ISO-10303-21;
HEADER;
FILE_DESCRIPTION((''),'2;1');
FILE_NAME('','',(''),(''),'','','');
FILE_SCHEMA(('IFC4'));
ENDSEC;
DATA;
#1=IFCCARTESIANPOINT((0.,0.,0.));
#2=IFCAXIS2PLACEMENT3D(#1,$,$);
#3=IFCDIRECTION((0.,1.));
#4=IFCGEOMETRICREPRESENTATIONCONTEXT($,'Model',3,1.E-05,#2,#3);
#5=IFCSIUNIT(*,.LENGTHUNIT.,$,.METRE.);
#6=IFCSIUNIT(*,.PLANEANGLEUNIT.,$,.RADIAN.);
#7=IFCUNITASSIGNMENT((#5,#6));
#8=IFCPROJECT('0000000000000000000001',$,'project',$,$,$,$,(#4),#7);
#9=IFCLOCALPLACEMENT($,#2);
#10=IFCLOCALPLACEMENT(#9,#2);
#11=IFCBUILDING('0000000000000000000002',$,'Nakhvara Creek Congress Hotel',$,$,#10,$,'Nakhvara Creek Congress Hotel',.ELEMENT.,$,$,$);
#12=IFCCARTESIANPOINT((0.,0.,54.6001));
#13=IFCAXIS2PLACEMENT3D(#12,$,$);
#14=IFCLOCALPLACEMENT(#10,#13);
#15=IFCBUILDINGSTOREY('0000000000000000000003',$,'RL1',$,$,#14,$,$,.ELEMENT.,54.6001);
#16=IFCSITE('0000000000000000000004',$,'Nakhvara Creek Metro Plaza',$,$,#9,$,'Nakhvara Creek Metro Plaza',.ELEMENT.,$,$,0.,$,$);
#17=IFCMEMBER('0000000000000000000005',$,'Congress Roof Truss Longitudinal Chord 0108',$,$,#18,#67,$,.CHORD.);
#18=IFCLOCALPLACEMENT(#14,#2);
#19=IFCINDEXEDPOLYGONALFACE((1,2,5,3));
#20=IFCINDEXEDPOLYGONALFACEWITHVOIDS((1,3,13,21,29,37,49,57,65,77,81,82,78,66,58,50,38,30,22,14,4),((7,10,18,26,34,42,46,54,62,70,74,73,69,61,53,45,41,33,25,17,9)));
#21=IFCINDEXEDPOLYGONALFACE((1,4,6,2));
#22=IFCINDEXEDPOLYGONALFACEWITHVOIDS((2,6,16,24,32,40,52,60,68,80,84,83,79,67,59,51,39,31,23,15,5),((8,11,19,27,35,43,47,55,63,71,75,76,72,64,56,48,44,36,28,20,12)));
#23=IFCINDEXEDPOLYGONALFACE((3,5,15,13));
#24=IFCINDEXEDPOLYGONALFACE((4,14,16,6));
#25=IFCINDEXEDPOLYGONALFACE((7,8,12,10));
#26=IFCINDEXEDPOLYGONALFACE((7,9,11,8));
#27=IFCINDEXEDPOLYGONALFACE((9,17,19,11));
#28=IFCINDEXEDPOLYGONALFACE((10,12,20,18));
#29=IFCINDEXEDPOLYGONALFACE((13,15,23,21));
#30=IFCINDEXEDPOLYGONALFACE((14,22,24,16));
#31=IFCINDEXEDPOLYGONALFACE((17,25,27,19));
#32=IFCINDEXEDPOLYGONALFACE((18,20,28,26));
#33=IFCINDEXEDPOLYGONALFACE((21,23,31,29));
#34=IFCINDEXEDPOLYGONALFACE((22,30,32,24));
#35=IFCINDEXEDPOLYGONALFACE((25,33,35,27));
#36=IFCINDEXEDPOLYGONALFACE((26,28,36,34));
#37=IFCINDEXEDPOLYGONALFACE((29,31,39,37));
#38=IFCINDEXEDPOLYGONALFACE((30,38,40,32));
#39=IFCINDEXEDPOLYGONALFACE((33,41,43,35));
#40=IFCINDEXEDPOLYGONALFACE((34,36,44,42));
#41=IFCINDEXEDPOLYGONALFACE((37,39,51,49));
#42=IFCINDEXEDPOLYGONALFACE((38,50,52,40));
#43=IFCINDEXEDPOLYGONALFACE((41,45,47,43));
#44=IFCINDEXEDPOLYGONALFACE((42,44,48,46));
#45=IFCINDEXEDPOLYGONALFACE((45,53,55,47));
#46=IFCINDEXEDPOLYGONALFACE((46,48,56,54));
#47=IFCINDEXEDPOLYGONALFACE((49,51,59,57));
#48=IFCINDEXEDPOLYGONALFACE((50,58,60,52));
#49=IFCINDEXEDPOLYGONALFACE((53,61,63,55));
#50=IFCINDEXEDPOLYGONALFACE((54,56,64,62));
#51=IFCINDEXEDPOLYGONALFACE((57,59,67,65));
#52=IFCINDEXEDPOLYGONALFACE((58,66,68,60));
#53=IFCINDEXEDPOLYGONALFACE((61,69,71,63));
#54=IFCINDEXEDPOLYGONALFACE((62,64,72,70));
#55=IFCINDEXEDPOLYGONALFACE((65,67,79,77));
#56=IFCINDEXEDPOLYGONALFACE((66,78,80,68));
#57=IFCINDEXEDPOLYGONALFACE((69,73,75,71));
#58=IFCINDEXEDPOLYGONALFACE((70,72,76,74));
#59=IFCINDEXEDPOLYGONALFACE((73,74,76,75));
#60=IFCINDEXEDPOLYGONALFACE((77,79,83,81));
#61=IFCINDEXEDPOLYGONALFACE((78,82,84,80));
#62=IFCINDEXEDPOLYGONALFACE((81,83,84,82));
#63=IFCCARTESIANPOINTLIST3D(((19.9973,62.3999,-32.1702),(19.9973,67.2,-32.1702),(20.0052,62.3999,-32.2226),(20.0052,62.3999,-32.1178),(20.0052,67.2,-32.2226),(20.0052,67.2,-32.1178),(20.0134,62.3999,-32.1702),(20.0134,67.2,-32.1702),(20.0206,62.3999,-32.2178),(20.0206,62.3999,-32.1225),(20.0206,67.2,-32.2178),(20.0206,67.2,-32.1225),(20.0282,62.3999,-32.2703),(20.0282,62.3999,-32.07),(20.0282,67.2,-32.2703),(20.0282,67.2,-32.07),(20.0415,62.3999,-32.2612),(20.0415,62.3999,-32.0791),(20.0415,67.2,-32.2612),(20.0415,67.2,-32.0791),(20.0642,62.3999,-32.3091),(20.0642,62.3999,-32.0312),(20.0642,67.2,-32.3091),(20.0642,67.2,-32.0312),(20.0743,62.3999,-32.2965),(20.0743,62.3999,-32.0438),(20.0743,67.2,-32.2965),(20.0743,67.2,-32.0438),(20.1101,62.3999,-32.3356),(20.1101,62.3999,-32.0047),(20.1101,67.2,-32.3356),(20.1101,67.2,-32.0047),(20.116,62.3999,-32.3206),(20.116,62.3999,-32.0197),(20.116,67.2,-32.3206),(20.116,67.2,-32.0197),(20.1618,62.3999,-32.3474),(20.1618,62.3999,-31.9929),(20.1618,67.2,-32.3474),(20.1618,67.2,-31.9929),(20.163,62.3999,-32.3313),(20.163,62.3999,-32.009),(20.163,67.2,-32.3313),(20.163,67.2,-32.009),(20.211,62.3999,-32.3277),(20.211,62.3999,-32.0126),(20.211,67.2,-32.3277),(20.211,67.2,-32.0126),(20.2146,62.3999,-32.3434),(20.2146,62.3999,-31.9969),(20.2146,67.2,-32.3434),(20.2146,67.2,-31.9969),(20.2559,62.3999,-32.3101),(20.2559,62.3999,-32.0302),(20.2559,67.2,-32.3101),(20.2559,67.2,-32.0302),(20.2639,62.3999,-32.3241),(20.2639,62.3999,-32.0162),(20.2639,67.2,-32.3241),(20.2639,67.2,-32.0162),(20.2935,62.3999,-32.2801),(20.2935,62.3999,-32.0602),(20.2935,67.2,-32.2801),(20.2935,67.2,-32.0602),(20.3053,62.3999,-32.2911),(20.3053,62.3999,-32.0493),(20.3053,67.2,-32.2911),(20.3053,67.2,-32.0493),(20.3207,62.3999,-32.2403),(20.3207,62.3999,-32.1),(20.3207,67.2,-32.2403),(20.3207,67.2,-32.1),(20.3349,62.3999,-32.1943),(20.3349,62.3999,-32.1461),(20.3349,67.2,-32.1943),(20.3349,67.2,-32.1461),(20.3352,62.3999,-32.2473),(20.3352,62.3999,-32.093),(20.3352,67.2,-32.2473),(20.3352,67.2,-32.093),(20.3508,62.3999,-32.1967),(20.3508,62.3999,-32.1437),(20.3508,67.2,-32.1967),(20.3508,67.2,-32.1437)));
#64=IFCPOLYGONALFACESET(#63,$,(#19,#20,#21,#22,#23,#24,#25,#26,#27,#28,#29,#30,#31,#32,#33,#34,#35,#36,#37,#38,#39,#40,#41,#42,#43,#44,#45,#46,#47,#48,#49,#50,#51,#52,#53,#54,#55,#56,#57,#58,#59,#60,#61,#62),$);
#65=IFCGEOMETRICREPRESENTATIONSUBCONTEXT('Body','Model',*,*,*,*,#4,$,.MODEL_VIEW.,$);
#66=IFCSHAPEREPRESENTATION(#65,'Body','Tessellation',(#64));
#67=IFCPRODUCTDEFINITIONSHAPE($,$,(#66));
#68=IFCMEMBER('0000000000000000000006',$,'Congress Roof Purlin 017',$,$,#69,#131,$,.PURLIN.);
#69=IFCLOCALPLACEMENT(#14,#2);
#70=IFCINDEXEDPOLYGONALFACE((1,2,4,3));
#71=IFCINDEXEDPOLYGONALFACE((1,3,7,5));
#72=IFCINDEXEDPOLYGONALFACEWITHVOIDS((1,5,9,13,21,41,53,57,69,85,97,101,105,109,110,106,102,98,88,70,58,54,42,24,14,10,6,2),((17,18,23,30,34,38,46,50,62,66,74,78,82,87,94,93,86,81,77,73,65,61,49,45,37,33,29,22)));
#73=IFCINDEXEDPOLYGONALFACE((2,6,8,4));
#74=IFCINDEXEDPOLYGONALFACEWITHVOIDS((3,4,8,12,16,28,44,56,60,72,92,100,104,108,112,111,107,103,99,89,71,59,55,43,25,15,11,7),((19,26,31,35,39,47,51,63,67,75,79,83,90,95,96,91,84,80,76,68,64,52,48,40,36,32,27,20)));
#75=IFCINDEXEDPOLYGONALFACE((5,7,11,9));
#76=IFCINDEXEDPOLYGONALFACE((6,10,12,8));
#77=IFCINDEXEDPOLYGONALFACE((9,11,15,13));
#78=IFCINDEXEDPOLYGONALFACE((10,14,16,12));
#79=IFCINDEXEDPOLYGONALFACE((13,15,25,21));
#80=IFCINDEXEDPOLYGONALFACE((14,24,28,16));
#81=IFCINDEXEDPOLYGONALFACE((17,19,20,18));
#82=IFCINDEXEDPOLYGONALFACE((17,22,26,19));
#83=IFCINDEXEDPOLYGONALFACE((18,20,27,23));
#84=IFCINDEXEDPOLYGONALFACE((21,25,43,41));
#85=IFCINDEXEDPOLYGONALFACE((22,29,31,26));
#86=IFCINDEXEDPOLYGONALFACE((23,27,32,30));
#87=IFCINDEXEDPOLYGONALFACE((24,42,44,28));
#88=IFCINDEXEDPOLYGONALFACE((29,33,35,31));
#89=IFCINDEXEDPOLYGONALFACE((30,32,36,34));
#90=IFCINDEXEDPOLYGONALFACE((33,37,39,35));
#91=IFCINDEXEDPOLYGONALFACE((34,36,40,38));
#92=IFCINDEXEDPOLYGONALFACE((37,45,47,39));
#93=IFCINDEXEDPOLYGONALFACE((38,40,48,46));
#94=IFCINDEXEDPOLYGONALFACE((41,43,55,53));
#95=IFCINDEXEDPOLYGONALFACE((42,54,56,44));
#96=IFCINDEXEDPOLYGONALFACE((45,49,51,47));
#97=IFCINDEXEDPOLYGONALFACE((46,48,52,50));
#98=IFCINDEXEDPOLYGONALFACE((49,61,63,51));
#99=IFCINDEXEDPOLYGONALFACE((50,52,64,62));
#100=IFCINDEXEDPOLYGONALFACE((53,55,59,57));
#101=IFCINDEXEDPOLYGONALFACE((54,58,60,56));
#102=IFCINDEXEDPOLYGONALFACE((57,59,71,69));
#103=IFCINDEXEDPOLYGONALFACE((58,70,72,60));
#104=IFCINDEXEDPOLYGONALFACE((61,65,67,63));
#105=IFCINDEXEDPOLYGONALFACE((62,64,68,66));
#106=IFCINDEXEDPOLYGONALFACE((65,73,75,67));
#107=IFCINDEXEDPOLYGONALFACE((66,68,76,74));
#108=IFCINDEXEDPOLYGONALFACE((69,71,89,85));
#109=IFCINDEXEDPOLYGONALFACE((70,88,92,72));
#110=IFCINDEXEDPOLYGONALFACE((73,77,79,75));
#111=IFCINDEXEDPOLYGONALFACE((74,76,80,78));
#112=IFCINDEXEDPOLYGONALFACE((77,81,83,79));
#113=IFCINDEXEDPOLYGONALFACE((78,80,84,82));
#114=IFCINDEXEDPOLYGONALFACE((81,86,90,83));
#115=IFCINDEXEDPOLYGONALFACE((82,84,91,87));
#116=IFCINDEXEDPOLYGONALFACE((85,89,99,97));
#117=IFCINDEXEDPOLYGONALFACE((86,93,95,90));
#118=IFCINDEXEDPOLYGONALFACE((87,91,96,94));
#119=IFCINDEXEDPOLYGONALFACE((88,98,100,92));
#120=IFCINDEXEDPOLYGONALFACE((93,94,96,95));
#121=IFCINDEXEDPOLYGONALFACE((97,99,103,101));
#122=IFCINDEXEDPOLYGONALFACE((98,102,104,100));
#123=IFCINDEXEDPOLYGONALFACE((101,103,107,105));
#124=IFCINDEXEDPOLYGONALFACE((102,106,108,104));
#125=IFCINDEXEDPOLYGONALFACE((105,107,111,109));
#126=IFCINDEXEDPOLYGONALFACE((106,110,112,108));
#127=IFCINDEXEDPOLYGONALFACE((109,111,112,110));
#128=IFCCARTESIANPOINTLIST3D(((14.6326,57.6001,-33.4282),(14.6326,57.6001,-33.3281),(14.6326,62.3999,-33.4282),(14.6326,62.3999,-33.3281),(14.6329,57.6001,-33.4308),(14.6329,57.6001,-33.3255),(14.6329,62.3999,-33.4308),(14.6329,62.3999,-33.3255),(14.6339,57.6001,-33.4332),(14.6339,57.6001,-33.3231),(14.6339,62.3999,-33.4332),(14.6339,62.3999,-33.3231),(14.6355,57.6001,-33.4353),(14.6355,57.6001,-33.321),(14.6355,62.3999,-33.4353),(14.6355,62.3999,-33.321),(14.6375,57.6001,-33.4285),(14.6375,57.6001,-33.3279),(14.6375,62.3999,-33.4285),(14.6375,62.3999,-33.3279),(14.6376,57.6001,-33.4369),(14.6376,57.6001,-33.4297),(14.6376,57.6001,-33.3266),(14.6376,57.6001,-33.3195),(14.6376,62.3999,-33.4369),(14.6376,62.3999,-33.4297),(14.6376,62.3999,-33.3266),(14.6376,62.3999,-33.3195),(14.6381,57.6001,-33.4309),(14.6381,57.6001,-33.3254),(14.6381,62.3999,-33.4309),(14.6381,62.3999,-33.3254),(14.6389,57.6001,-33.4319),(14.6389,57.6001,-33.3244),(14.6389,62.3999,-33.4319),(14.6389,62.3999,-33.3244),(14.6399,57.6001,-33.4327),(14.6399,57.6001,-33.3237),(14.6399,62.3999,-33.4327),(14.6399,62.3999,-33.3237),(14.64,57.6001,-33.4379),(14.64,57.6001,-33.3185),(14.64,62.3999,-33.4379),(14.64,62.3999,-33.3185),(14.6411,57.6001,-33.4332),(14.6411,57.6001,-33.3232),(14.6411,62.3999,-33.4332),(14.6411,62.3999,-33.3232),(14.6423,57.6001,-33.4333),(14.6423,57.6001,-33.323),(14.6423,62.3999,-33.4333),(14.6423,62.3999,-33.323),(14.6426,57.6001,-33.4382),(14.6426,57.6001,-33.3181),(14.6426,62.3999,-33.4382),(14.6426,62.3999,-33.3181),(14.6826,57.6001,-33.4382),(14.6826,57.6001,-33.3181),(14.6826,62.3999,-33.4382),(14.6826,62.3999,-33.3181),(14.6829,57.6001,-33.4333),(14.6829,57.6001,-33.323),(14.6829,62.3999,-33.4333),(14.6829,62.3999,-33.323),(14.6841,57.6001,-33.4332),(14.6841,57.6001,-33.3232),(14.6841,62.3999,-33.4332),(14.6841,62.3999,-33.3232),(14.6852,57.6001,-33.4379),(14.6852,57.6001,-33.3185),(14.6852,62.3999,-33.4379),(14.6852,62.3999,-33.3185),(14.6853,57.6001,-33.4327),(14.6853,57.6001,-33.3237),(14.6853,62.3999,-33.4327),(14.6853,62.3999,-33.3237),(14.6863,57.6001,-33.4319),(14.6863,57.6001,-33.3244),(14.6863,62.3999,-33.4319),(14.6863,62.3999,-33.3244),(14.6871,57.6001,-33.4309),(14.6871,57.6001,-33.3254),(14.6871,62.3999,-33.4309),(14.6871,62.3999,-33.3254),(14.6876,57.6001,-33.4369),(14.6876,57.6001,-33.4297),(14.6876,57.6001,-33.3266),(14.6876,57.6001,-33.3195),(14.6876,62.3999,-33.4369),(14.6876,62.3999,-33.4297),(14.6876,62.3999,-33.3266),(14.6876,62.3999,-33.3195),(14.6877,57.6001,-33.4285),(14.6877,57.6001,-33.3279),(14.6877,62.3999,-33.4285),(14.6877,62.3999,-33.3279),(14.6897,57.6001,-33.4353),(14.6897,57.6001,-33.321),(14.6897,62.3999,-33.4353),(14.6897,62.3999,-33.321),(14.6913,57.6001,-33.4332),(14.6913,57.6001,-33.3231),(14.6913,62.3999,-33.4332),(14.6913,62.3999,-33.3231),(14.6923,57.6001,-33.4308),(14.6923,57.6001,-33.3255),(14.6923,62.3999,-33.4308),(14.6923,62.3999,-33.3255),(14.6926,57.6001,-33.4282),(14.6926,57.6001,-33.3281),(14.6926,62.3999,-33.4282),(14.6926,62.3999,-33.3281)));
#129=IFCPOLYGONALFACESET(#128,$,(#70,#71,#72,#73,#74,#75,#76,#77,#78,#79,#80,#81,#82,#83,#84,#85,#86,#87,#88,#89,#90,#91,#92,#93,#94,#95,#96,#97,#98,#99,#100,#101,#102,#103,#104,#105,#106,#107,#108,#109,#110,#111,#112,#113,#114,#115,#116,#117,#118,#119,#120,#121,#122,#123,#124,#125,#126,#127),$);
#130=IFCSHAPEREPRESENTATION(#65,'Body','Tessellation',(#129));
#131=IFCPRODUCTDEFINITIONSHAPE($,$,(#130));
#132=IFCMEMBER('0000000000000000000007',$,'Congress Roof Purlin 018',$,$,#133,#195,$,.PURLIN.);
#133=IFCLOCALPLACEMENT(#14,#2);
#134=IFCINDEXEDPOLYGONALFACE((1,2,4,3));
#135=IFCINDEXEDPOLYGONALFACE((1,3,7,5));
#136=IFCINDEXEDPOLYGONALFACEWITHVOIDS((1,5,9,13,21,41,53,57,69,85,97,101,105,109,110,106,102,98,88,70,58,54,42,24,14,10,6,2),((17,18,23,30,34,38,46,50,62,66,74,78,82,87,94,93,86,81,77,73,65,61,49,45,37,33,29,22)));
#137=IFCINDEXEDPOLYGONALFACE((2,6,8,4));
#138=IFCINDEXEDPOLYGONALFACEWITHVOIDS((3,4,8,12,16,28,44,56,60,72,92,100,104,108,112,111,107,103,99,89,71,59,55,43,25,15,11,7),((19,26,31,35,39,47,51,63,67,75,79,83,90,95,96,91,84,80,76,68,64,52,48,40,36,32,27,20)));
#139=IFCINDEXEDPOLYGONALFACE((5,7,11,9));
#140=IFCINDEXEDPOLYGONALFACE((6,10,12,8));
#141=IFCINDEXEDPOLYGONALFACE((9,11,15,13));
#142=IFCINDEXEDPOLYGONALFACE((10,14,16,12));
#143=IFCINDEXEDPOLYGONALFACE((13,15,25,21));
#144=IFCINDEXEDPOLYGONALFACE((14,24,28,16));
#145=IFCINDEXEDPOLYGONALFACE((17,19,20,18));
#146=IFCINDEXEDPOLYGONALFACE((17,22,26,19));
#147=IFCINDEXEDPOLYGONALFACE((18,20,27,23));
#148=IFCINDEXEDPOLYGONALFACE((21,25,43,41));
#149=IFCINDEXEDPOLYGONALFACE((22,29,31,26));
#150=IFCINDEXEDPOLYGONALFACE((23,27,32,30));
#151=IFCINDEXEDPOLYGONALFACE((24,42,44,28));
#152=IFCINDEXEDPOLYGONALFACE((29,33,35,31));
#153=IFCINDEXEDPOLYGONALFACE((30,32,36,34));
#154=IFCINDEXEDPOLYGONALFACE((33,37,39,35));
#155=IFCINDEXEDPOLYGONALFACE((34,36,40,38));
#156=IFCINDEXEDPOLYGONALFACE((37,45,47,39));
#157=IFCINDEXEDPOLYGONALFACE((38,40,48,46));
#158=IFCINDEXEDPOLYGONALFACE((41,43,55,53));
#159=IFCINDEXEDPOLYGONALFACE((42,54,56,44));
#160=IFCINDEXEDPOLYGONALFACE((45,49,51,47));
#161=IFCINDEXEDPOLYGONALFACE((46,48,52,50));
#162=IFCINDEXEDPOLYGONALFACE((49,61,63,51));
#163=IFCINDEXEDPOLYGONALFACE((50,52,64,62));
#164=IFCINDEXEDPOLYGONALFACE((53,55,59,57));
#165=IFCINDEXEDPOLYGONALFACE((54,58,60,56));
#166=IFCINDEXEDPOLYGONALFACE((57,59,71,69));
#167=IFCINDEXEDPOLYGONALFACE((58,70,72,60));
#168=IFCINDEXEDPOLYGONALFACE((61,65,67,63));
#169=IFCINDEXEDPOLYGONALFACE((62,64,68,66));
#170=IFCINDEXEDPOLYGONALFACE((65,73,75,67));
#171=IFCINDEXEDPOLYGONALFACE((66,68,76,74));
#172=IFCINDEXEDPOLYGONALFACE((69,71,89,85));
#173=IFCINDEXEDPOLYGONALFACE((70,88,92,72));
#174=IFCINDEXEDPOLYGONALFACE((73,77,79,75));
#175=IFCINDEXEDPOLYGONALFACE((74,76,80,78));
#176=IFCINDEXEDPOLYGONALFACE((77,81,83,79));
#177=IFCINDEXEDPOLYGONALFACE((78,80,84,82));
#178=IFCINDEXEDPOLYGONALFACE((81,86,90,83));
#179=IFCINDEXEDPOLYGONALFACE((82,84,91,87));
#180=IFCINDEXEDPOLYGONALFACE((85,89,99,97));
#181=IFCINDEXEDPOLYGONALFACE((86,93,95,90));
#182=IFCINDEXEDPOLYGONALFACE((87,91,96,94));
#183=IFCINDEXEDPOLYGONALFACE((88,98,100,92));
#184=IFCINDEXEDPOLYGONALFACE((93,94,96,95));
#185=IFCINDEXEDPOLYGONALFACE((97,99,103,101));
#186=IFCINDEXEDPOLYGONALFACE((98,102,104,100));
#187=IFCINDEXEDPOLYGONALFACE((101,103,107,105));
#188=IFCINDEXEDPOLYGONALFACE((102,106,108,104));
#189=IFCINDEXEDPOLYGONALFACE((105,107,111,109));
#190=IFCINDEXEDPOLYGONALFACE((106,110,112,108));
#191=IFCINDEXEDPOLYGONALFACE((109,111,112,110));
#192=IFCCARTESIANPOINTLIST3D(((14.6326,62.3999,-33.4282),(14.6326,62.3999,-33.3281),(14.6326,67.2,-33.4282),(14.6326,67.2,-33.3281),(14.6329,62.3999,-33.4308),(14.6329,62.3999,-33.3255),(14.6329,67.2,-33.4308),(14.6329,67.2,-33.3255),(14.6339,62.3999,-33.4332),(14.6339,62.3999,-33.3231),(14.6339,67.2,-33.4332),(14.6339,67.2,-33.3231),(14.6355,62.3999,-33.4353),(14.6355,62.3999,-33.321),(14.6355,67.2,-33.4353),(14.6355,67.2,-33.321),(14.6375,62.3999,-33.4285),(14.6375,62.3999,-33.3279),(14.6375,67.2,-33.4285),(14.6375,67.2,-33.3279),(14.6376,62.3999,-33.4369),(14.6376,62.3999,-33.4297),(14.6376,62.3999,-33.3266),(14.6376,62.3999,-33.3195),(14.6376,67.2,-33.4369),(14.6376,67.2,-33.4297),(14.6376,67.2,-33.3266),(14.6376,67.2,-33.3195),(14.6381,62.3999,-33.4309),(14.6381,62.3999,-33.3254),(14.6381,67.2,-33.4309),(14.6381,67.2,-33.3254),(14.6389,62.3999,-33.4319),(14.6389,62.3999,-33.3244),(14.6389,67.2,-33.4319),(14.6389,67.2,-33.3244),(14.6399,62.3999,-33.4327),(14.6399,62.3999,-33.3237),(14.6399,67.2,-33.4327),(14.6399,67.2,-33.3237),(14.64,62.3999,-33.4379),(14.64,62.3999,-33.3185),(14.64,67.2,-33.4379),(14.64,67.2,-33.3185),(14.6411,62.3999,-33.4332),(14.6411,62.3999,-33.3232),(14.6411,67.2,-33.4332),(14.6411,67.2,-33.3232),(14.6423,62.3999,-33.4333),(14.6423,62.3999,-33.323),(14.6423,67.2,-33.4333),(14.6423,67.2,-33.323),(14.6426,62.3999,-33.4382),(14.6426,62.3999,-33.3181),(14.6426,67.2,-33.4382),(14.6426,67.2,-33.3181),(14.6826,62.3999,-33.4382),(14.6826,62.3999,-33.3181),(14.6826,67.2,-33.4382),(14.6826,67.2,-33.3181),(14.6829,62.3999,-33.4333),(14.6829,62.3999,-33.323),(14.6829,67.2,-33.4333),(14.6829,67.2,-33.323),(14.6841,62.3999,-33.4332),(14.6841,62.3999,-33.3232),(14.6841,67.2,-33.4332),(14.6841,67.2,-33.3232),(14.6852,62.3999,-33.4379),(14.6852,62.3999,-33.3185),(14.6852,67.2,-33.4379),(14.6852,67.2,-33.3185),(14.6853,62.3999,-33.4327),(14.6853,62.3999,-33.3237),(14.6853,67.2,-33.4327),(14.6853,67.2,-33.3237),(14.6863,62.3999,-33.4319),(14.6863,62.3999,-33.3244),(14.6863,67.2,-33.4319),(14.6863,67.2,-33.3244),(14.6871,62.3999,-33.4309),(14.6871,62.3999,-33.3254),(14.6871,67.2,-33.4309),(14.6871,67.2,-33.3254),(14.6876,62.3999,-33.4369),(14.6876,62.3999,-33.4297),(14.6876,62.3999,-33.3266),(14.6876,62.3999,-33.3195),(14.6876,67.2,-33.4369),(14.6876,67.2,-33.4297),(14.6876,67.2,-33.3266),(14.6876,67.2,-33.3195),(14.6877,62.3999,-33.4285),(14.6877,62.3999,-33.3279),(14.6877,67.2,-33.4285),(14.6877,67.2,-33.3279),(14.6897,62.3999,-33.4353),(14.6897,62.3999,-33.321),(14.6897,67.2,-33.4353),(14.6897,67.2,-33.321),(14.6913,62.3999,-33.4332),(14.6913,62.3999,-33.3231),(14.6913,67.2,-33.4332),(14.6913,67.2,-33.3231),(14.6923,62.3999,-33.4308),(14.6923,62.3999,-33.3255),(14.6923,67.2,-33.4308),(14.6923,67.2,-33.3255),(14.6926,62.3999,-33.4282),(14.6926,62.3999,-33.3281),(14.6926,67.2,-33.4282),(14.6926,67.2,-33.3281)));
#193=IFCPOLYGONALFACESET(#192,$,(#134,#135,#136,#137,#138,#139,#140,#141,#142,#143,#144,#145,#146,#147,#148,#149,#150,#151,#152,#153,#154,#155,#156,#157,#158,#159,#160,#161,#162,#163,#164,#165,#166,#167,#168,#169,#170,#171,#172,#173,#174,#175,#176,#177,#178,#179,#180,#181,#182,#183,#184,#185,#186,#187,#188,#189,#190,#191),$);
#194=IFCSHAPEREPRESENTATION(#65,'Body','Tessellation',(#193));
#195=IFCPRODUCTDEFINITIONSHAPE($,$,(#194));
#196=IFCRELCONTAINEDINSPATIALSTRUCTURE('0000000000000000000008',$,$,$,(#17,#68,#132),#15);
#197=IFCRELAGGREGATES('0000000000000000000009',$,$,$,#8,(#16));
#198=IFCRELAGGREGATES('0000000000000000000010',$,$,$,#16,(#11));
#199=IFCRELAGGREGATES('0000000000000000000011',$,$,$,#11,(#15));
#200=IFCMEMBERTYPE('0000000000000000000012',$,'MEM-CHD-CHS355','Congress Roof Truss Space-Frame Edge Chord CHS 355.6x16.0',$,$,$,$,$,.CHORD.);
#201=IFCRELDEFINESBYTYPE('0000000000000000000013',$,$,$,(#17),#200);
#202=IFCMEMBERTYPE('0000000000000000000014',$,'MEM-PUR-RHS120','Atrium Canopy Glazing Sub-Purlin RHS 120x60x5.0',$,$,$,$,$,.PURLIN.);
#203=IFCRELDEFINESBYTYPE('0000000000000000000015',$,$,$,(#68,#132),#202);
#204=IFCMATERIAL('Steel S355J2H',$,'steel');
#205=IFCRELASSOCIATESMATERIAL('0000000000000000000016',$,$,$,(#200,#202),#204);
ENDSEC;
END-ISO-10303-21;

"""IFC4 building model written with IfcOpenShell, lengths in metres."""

from ifc_helpers import new_model, si_unit, direction, frame, origin, origin_2d, place, context, subcontext, project, spatial, hollow_rectangle, hollow_circle, extrude, material, material_profile, profile_set, type_object, element, save


model = new_model("IFC4")

# Units and contexts
model_context = context("Model", 3, precision=1e-05, world=origin(), true_north=direction((0.0, 1.0)))
body_context = subcontext(model_context, "Body", "Model", "MODEL_VIEW")
ifc_project = project(units=[si_unit("LENGTHUNIT", "METRE"), si_unit("PLANEANGLEUNIT", "RADIAN")], contexts=[model_context])

# Site, building, storey
site_placement = place(None, origin())
site = spatial("IfcSite", under=ifc_project, at=site_placement, Name="Nakhvara Creek Metro Plaza", LongName="Nakhvara Creek Metro Plaza", CompositionType="ELEMENT", RefElevation=0.0)
building_placement = place(site_placement, origin())
building = spatial("IfcBuilding", under=site, at=building_placement, Name="Nakhvara Creek Congress Hotel", LongName="Nakhvara Creek Congress Hotel", CompositionType="ELEMENT")
storey_placement = place(building_placement, frame((0.0, 0.0, 54.6001)))
storey = spatial("IfcBuildingStorey", under=building, at=storey_placement, Name="RL1", CompositionType="ELEMENT", Elevation=54.6001)

# Members
ifc_material_1 = material(Name="Steel S355J2H", Category="steel")
ifc_material_profile_1 = material_profile(ifc_material_1, hollow_circle(Radius=0.1777, WallThickness=0.0161, at=origin_2d()), Name="CHS 355.6x16.0", Category="LoadBearing")
ifc_profile_set_1 = profile_set([ifc_material_profile_1], Name="Steel S355J2H")
member_type_1 = type_object("IfcMemberType", Name="MEM-CHD-CHS355", Description="Congress Roof Truss Space-Frame Edge Chord CHS 355.6x16.0", PredefinedType="CHORD", material=ifc_profile_set_1)
for number, where, z_axis, x_axis, name in (
    (1, (20.175, 62.3999, -32.1702), (0.0, 1.0, 0.0), (-1.0, 0.0, 0.0), "Congress Roof Truss Longitudinal Chord 0108"),
):
    element("IfcMember", number, at=place(storey_placement, frame(where, z_axis=z_axis, x_axis=x_axis)), inside=storey, type_object=member_type_1, Name=name, PredefinedType="CHORD", context=body_context, shape_type="SweptSolid", body=[
        extrude(hollow_circle(Radius=0.1777, WallThickness=0.0161, at=origin_2d()), origin(), (0.0, 0.0, 1.0), 4.8),
    ])
ifc_material_profile_2 = material_profile(ifc_material_1, hollow_rectangle(XDim=0.0601, YDim=0.1201, WallThickness=0.0049, InnerFilletRadius=0.0049, OuterFilletRadius=0.01, at=origin_2d()), Name="RHS 120x60x5.0", Category="LoadBearing")
ifc_profile_set_2 = profile_set([ifc_material_profile_2], Name="Steel S355J2H")
member_type_2 = type_object("IfcMemberType", Name="MEM-PUR-RHS120", Description="Atrium Canopy Glazing Sub-Purlin RHS 120x60x5.0", PredefinedType="PURLIN", material=ifc_profile_set_2)
member_1_placement = place(storey_placement, frame((14.6626, 57.6001, -33.3782), z_axis=(0.0, 1.0, 0.0), x_axis=(-1.0, 0.0, 0.0)))
element("IfcMember", 2, at=member_1_placement, inside=storey, type_object=member_type_2, Name="Congress Roof Purlin 017", PredefinedType="PURLIN", context=body_context, shape_type="SweptSolid", body=[
    extrude(hollow_rectangle(XDim=0.0601, YDim=0.1201, WallThickness=0.0049, InnerFilletRadius=0.0049, OuterFilletRadius=0.01, at=origin_2d()), origin(), (0.0, 0.0, 1.0), 4.7998),
])
member_2_placement = place(storey_placement, frame((14.6626, 62.3999, -33.3782), z_axis=(0.0, 1.0, 0.0), x_axis=(-1.0, 0.0, 0.0)))
element("IfcMember", 3, at=member_2_placement, inside=storey, type_object=member_type_2, Name="Congress Roof Purlin 018", PredefinedType="PURLIN", context=body_context, shape_type="SweptSolid", body=[
    extrude(hollow_rectangle(XDim=0.0601, YDim=0.1201, WallThickness=0.0049, InnerFilletRadius=0.0049, OuterFilletRadius=0.01, at=origin_2d()), origin(), (0.0, 0.0, 1.0), 4.8),
])

save(model, "model.ifc")
